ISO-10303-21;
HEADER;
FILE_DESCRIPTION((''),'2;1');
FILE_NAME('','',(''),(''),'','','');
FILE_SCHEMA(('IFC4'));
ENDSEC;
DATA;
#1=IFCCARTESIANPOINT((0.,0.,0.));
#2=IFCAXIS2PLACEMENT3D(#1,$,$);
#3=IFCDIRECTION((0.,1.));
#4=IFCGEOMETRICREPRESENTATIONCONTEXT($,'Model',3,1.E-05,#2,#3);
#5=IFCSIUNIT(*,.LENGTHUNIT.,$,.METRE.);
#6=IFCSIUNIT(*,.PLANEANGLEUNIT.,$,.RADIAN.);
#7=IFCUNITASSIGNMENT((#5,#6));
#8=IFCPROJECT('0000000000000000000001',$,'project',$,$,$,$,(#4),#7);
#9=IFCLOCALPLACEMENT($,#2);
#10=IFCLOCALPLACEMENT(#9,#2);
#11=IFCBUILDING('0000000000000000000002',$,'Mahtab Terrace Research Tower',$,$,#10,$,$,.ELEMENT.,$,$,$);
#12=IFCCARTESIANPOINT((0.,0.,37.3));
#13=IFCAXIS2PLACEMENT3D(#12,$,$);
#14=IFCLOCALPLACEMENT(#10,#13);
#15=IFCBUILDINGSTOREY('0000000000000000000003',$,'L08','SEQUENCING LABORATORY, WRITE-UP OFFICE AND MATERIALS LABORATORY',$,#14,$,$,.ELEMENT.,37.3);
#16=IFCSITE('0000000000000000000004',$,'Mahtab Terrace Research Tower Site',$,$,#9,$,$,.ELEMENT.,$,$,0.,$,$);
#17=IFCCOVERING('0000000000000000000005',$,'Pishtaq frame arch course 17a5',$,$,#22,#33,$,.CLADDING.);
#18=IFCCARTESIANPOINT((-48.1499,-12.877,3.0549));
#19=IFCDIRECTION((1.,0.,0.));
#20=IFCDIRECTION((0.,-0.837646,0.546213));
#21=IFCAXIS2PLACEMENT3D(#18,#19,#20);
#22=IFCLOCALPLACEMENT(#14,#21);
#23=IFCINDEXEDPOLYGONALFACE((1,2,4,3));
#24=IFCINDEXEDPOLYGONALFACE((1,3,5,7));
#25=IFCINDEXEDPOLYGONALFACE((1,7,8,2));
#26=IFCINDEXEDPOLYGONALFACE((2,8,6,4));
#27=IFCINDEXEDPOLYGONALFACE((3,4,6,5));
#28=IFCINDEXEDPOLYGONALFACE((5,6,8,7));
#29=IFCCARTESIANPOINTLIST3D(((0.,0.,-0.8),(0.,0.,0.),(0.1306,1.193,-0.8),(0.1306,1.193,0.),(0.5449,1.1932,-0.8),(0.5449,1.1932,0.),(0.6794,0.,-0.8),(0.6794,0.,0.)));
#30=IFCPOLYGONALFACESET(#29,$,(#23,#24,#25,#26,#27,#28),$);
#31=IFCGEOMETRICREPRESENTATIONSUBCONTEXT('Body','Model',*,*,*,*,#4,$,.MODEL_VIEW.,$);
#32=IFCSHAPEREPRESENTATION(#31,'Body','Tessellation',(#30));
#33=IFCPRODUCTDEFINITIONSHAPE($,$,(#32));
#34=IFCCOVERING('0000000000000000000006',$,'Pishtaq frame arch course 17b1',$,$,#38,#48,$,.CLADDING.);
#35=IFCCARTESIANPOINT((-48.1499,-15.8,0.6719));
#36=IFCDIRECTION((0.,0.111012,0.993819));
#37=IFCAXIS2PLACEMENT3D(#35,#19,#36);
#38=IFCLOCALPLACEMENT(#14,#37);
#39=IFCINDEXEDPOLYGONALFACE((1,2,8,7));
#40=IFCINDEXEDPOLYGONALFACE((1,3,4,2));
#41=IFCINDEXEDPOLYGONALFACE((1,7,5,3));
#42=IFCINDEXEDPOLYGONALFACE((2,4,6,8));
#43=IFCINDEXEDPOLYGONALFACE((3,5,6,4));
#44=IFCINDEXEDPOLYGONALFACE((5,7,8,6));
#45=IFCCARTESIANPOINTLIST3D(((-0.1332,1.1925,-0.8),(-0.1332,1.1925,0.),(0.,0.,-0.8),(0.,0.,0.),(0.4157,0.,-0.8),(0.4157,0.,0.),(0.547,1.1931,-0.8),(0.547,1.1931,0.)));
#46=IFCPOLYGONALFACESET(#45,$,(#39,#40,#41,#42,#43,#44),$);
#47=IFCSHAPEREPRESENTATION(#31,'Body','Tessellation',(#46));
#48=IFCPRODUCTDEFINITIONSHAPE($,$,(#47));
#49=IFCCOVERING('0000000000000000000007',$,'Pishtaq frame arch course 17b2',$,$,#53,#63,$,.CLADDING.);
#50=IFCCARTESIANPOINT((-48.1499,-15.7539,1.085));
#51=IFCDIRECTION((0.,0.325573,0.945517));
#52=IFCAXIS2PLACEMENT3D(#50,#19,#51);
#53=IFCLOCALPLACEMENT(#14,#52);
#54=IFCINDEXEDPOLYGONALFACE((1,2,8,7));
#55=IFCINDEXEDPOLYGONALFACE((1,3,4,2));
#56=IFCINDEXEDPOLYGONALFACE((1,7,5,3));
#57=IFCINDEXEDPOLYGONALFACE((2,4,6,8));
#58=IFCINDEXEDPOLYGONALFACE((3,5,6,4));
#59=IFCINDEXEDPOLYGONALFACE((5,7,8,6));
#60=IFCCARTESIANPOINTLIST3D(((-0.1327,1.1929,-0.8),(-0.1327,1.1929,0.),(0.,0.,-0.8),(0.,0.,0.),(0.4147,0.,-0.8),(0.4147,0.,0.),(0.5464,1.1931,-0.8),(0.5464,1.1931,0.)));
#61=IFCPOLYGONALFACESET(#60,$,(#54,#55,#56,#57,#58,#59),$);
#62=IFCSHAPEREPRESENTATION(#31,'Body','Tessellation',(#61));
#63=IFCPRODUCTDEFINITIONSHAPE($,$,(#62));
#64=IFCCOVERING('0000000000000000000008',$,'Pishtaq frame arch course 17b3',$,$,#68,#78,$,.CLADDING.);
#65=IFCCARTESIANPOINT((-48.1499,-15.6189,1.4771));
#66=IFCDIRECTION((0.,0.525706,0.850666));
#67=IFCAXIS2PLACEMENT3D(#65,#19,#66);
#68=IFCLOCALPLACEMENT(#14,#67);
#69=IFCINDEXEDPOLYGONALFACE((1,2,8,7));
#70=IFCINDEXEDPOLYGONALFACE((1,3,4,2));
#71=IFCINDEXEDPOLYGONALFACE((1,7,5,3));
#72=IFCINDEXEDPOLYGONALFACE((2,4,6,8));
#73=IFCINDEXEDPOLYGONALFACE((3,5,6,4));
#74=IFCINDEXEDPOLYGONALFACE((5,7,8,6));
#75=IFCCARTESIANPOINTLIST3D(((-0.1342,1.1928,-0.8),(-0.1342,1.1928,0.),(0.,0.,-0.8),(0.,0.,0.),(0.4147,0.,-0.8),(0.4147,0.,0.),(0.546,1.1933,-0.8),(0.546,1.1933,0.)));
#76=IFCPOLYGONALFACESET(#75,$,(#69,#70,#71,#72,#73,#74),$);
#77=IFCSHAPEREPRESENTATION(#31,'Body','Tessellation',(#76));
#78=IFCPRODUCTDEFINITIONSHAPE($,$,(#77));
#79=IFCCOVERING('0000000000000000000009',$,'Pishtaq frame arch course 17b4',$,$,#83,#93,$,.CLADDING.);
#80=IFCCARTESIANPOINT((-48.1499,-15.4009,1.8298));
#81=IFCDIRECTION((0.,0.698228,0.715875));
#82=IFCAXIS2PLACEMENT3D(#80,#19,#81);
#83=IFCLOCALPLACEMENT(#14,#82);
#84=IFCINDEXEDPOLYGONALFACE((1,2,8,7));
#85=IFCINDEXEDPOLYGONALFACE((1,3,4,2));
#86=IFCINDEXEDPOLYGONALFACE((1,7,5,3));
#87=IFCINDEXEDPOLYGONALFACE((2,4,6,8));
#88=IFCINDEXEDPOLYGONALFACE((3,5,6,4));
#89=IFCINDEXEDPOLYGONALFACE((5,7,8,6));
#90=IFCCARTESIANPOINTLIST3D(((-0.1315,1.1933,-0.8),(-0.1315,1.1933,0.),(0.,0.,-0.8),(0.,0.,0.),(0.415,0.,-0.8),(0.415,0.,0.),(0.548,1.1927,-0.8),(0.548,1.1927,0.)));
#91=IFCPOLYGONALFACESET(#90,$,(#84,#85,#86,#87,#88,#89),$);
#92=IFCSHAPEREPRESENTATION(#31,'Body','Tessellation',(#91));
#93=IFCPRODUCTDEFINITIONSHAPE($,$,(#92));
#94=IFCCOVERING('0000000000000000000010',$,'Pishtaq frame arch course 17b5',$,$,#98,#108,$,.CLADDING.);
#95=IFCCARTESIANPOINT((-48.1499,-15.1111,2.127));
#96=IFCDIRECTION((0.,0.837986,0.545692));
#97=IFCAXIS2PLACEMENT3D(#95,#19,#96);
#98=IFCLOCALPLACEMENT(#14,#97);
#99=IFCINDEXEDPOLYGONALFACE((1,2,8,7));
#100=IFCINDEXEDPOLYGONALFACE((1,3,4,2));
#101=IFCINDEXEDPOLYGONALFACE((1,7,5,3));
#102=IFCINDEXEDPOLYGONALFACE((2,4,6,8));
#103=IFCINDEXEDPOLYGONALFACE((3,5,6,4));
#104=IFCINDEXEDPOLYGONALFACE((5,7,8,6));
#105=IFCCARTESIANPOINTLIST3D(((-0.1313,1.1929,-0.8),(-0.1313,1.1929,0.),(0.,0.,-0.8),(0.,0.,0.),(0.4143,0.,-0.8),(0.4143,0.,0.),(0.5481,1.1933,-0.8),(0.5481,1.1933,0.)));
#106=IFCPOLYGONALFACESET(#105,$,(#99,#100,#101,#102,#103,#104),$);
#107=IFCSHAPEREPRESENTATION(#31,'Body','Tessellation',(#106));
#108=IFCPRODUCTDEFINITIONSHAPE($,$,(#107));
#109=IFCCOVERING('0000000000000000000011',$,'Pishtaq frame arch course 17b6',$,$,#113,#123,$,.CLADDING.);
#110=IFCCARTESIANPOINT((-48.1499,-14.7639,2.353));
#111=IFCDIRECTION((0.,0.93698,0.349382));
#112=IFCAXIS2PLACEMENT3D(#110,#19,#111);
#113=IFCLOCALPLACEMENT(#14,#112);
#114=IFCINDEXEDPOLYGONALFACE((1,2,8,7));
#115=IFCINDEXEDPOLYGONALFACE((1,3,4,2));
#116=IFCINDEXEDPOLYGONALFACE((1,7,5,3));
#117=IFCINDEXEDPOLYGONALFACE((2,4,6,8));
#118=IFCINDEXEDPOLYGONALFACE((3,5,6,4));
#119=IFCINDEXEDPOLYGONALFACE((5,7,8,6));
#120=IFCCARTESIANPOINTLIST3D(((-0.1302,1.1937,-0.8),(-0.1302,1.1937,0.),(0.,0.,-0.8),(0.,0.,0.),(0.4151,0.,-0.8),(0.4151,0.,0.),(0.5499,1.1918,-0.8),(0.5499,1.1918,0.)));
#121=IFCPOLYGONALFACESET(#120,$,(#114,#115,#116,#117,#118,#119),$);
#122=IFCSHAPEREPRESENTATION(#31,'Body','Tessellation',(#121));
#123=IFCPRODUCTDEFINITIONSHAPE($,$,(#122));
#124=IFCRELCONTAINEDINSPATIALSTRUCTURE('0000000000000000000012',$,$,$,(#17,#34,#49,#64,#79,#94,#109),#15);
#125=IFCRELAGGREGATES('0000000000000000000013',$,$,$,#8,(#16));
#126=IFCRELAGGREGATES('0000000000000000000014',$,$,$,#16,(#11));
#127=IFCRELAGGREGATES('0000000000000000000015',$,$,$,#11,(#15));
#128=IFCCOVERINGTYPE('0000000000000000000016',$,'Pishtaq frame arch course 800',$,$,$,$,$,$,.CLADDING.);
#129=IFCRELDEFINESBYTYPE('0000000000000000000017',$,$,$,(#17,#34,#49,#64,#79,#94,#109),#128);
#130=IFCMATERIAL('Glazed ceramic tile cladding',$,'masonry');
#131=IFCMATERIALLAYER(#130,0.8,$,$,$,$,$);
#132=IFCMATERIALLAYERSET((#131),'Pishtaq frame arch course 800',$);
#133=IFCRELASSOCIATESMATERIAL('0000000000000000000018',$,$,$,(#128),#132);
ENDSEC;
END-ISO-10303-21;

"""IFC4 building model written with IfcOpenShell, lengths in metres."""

from ifc_helpers import new_model, si_unit, direction, frame, origin, place, context, subcontext, project, spatial, polyline, outline, extrude, material, layer, layer_set, type_object, element, save


model = new_model("IFC4")

# Units and contexts
model_context = context("Model", 3, precision=1e-05, world=origin(), true_north=direction((0.0, 1.0)))
body_context = subcontext(model_context, "Body", "Model", "MODEL_VIEW")
ifc_project = project(units=[si_unit("LENGTHUNIT", "METRE"), si_unit("PLANEANGLEUNIT", "RADIAN")], contexts=[model_context])

# Site, building, storey
site_placement = place(None, origin())
site = spatial("IfcSite", under=ifc_project, at=site_placement, Name="Mahtab Terrace Research Tower Site", CompositionType="ELEMENT", RefElevation=0.0)
building_placement = place(site_placement, origin())
building = spatial("IfcBuilding", under=site, at=building_placement, Name="Mahtab Terrace Research Tower", CompositionType="ELEMENT")
storey_placement = place(building_placement, frame((0.0, 0.0, 37.3)))
storey = spatial("IfcBuildingStorey", under=building, at=storey_placement, Name="L08", Description="SEQUENCING LABORATORY, WRITE-UP OFFICE AND MATERIALS LABORATORY", CompositionType="ELEMENT", Elevation=37.3)

# Coverings
ifc_material_1 = material(Name="Glazed ceramic tile cladding", Category="masonry")
ifc_layer_1 = layer(ifc_material_1, 0.8)
ifc_layer_set_1 = layer_set([ifc_layer_1], Name="Pishtaq frame arch course 800")
covering_type_1 = type_object("IfcCoveringType", Name="Pishtaq frame arch course 800", PredefinedType="CLADDING", material=ifc_layer_set_1)
covering_1_placement = place(storey_placement, frame((-48.1499, -12.877, 3.0549), z_axis=(1.0, 0.0, 0.0), x_axis=(0.0, -0.837646, 0.546213)))
element("IfcCovering", 1, at=covering_1_placement, inside=storey, type_object=covering_type_1, Name="Pishtaq frame arch course 17a5", PredefinedType="CLADDING", context=body_context, shape_type="SweptSolid", body=[
    extrude(outline(polyline([(0.0, 0.0), (0.6794, 0.0), (0.5449, 1.1932), (0.1306, 1.193), (0.0, 0.0)])), origin(), (0.0, 0.0, -1.0), 0.8),
])
covering_2_placement = place(storey_placement, frame((-48.1499, -15.8, 0.6719), z_axis=(1.0, 0.0, 0.0), x_axis=(0.0, 0.111012, 0.993819)))
element("IfcCovering", 2, at=covering_2_placement, inside=storey, type_object=covering_type_1, Name="Pishtaq frame arch course 17b1", PredefinedType="CLADDING", context=body_context, shape_type="SweptSolid", body=[
    extrude(outline(polyline([(0.0, 0.0), (0.4157, 0.0), (0.547, 1.1931), (-0.1332, 1.1925), (0.0, 0.0)])), origin(), (0.0, 0.0, -1.0), 0.8),
])
covering_3_placement = place(storey_placement, frame((-48.1499, -15.7539, 1.085), z_axis=(1.0, 0.0, 0.0), x_axis=(0.0, 0.325573, 0.945517)))
element("IfcCovering", 3, at=covering_3_placement, inside=storey, type_object=covering_type_1, Name="Pishtaq frame arch course 17b2", PredefinedType="CLADDING", context=body_context, shape_type="SweptSolid", body=[
    extrude(outline(polyline([(0.0, 0.0), (0.4147, 0.0), (0.5464, 1.1931), (-0.1327, 1.1929), (0.0, 0.0)])), origin(), (0.0, 0.0, -1.0), 0.8),
])
covering_4_placement = place(storey_placement, frame((-48.1499, -15.6189, 1.4771), z_axis=(1.0, 0.0, 0.0), x_axis=(0.0, 0.525706, 0.850666)))
element("IfcCovering", 4, at=covering_4_placement, inside=storey, type_object=covering_type_1, Name="Pishtaq frame arch course 17b3", PredefinedType="CLADDING", context=body_context, shape_type="SweptSolid", body=[
    extrude(outline(polyline([(0.0, 0.0), (0.4147, 0.0), (0.546, 1.1933), (-0.1342, 1.1928), (0.0, 0.0)])), origin(), (0.0, 0.0, -1.0), 0.8),
])
covering_5_placement = place(storey_placement, frame((-48.1499, -15.4009, 1.8298), z_axis=(1.0, 0.0, 0.0), x_axis=(0.0, 0.698228, 0.715875)))
element("IfcCovering", 5, at=covering_5_placement, inside=storey, type_object=covering_type_1, Name="Pishtaq frame arch course 17b4", PredefinedType="CLADDING", context=body_context, shape_type="SweptSolid", body=[
    extrude(outline(polyline([(0.0, 0.0), (0.415, 0.0), (0.548, 1.1927), (-0.1315, 1.1933), (0.0, 0.0)])), origin(), (0.0, 0.0, -1.0), 0.8),
])
covering_6_placement = place(storey_placement, frame((-48.1499, -15.1111, 2.127), z_axis=(1.0, 0.0, 0.0), x_axis=(0.0, 0.837986, 0.545692)))
element("IfcCovering", 6, at=covering_6_placement, inside=storey, type_object=covering_type_1, Name="Pishtaq frame arch course 17b5", PredefinedType="CLADDING", context=body_context, shape_type="SweptSolid", body=[
    extrude(outline(polyline([(0.0, 0.0), (0.4143, 0.0), (0.5481, 1.1933), (-0.1313, 1.1929), (0.0, 0.0)])), origin(), (0.0, 0.0, -1.0), 0.8),
])
covering_7_placement = place(storey_placement, frame((-48.1499, -14.7639, 2.353), z_axis=(1.0, 0.0, 0.0), x_axis=(0.0, 0.93698, 0.349382)))
element("IfcCovering", 7, at=covering_7_placement, inside=storey, type_object=covering_type_1, Name="Pishtaq frame arch course 17b6", PredefinedType="CLADDING", context=body_context, shape_type="SweptSolid", body=[
    extrude(outline(polyline([(0.0, 0.0), (0.4151, 0.0), (0.5499, 1.1918), (-0.1302, 1.1937), (0.0, 0.0)])), origin(), (0.0, 0.0, -1.0), 0.8),
])

save(model, "model.ifc")
